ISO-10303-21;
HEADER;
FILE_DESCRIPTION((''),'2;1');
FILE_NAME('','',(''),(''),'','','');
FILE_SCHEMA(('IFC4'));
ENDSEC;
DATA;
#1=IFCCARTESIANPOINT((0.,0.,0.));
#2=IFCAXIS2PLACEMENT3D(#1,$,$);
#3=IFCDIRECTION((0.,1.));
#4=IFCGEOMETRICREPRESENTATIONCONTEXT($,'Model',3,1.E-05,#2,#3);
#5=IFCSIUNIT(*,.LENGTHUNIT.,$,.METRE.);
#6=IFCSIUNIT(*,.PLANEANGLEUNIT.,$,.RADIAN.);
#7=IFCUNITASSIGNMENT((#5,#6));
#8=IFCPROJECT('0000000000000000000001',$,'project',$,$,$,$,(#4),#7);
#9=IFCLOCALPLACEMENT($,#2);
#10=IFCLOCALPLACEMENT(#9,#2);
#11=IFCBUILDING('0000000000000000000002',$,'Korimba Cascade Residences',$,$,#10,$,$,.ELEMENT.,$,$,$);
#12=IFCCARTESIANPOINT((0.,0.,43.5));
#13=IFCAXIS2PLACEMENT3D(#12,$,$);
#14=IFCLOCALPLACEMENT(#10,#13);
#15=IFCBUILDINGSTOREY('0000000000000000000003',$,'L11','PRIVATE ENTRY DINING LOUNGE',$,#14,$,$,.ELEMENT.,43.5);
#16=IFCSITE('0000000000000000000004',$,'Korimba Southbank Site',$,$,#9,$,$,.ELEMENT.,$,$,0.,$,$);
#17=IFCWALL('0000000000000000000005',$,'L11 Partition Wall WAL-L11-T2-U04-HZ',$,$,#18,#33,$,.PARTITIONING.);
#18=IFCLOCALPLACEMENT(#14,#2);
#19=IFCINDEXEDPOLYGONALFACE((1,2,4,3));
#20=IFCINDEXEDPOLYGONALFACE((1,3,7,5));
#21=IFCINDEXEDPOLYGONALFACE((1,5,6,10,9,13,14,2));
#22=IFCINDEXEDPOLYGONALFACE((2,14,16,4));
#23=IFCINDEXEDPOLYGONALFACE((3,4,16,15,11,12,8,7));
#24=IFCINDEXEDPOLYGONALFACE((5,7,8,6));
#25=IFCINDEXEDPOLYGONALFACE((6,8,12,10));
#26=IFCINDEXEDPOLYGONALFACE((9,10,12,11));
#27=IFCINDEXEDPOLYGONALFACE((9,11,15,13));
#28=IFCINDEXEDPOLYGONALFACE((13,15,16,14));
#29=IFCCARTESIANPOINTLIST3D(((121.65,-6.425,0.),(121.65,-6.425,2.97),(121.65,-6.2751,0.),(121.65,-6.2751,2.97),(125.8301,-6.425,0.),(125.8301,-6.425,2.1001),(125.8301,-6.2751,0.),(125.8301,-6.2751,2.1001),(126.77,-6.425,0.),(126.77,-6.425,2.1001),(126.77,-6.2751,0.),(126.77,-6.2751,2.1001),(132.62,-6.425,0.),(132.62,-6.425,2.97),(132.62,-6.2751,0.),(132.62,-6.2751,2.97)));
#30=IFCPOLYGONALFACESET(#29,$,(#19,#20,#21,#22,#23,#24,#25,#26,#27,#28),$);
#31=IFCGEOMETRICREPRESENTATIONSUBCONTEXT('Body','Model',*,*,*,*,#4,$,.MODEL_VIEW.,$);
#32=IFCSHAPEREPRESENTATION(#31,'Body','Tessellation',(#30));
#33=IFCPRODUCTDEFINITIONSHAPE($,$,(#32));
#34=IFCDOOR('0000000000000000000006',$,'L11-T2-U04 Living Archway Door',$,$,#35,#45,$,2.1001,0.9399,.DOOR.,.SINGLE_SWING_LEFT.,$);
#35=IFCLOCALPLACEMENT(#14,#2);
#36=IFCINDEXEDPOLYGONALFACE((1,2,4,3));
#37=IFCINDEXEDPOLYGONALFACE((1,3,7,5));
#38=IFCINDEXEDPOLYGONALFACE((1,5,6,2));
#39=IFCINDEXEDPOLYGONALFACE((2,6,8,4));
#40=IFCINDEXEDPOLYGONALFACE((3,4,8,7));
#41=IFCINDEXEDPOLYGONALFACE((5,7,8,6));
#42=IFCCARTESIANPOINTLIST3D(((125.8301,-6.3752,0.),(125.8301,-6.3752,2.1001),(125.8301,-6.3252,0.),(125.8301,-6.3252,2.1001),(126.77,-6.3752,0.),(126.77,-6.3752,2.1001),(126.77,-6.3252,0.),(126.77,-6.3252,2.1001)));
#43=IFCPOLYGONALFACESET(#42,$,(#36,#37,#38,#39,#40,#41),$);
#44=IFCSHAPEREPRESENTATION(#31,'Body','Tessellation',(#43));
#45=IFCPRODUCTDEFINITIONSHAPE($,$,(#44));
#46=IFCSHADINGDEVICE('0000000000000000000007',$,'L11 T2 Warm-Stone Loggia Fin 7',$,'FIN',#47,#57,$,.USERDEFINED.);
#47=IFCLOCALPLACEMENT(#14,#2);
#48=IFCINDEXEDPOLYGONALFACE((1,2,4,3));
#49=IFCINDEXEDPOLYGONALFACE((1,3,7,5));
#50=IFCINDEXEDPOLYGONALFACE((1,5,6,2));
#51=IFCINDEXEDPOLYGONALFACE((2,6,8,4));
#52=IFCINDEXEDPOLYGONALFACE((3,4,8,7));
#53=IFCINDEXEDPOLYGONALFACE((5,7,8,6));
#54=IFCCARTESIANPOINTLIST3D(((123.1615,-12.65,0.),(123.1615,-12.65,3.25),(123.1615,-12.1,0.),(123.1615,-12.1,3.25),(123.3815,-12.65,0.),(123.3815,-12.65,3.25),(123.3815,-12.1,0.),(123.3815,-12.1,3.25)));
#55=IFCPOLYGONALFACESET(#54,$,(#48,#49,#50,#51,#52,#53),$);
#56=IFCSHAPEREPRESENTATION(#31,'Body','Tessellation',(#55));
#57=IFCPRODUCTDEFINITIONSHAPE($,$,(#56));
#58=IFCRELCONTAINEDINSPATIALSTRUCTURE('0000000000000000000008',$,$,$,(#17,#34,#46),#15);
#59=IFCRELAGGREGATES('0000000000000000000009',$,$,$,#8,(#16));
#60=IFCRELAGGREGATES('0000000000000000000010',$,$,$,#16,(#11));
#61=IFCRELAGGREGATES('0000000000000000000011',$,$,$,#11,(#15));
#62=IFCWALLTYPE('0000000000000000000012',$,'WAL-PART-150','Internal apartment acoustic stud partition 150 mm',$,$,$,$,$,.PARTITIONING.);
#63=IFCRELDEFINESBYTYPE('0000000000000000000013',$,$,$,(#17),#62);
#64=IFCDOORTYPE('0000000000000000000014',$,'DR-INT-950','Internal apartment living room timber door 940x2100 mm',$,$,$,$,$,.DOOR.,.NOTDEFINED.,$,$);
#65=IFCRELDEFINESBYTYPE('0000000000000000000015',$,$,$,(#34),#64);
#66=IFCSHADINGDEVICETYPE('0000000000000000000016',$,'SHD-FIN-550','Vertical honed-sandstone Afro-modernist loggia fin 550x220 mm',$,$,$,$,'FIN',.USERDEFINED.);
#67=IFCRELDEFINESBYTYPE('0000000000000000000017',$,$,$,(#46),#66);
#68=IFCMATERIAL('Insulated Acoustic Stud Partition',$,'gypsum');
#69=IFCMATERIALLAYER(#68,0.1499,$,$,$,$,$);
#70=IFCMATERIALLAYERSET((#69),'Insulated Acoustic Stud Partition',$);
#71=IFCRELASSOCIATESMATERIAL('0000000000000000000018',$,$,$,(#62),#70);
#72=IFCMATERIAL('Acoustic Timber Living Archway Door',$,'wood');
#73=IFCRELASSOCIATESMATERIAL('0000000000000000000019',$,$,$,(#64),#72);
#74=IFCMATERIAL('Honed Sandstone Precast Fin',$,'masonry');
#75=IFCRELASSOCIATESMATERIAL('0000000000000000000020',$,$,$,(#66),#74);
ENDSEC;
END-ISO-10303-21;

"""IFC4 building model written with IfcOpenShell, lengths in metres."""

from ifc_helpers import new_model, si_unit, direction, frame, frame_2d, origin, origin_2d, place, context, subcontext, project, spatial, rectangle, extrude, material, layer, layer_set, type_object, element, fill, save


model = new_model("IFC4")

# Units and contexts
model_context = context("Model", 3, precision=1e-05, world=origin(), true_north=direction((0.0, 1.0)))
body_context = subcontext(model_context, "Body", "Model", "MODEL_VIEW")
ifc_project = project(units=[si_unit("LENGTHUNIT", "METRE"), si_unit("PLANEANGLEUNIT", "RADIAN")], contexts=[model_context])

# Site, building, storey
site_placement = place(None, origin())
site = spatial("IfcSite", under=ifc_project, at=site_placement, Name="Korimba Southbank Site", CompositionType="ELEMENT", RefElevation=0.0)
building_placement = place(site_placement, origin())
building = spatial("IfcBuilding", under=site, at=building_placement, Name="Korimba Cascade Residences", CompositionType="ELEMENT")
storey_placement = place(building_placement, frame((0.0, 0.0, 43.5)))
storey = spatial("IfcBuildingStorey", under=building, at=storey_placement, Name="L11", Description="PRIVATE ENTRY DINING LOUNGE", CompositionType="ELEMENT", Elevation=43.5)

# Shared definitions
ifc_material_1 = material(Name="Insulated Acoustic Stud Partition", Category="gypsum")
ifc_layer_1 = layer(ifc_material_1, 0.1499)
ifc_layer_set_1 = layer_set([ifc_layer_1], Name="Insulated Acoustic Stud Partition")
wall_type_1 = type_object("IfcWallType", Name="WAL-PART-150", Description="Internal apartment acoustic stud partition 150 mm", PredefinedType="PARTITIONING", material=ifc_layer_set_1)

# Wall, opening, door
wall_1_placement = place(storey_placement, frame((121.6501, -6.3501, 0.0), z_axis=(0.0, 0.0, 1.0), x_axis=(1.0, 0.0, 0.0)))
wall_1 = element("IfcWall", 1, at=wall_1_placement, inside=storey, type_object=wall_type_1, Name="L11 Partition Wall WAL-L11-T2-U04-HZ", PredefinedType="PARTITIONING", context=body_context, shape_type="SweptSolid", body=[
    extrude(rectangle(XDim=10.97, YDim=0.1499, at=frame_2d((5.4849, 0.0))), origin(), (0.0, 0.0, 1.0), 2.97),
])
opening_1_placement = place(wall_1_placement, frame((4.1799, 0.0, 0.0)))
opening_1 = element("IfcOpeningElement", 2, at=opening_1_placement, cuts=wall_1, PredefinedType="OPENING", context=body_context, shape_type="SweptSolid", body=[
    extrude(rectangle(XDim=0.9399, YDim=2.1001, at=frame_2d((0.47, 1.05))), frame((0.0, 0.085, 0.0), z_axis=(0.0, -1.0, 0.0), x_axis=(1.0, 0.0, 0.0)), (0.0, 0.0, 1.0), 0.1699),
])
ifc_material_2 = material(Name="Acoustic Timber Living Archway Door", Category="wood")
door_type_1 = type_object("IfcDoorType", Name="DR-INT-950", Description="Internal apartment living room timber door 940x2100 mm", OperationType="NOTDEFINED", PredefinedType="DOOR", material=ifc_material_2)
door_1_placement = place(opening_1_placement, origin())
door_1 = element("IfcDoor", 3, at=door_1_placement, inside=storey, type_object=door_type_1, Name="L11-T2-U04 Living Archway Door", OperationType="SINGLE_SWING_LEFT", OverallHeight=2.1001, OverallWidth=0.9399, PredefinedType="DOOR", context=body_context, shape_type="SweptSolid", body=[
    extrude(rectangle(XDim=0.9399, YDim=2.1001, at=frame_2d((0.47, 1.05))), frame((0.0, 0.0249, 0.0), z_axis=(0.0, -1.0, 0.0), x_axis=(1.0, 0.0, 0.0)), (0.0, 0.0, 1.0), 0.05),
])
fill(opening_1, door_1)

# Shading device
ifc_material_3 = material(Name="Honed Sandstone Precast Fin", Category="masonry")
shading_device_type = type_object("IfcShadingDeviceType", Name="SHD-FIN-550", Description="Vertical honed-sandstone Afro-modernist loggia fin 550x220 mm", ElementType="FIN", PredefinedType="USERDEFINED", material=ifc_material_3)
shading_device_placement = place(storey_placement, frame((123.2715, -12.375, 0.0), z_axis=(0.0, 0.0, 1.0), x_axis=(1.0, 0.0, 0.0)))
element("IfcShadingDevice", 4, at=shading_device_placement, inside=storey, type_object=shading_device_type, Name="L11 T2 Warm-Stone Loggia Fin 7", ObjectType="FIN", PredefinedType="USERDEFINED", context=body_context, shape_type="SweptSolid", body=[
    extrude(rectangle(XDim=0.22, YDim=0.55, at=origin_2d()), origin(), (0.0, 0.0, 1.0), 3.25),
])

save(model, "model.ifc")
